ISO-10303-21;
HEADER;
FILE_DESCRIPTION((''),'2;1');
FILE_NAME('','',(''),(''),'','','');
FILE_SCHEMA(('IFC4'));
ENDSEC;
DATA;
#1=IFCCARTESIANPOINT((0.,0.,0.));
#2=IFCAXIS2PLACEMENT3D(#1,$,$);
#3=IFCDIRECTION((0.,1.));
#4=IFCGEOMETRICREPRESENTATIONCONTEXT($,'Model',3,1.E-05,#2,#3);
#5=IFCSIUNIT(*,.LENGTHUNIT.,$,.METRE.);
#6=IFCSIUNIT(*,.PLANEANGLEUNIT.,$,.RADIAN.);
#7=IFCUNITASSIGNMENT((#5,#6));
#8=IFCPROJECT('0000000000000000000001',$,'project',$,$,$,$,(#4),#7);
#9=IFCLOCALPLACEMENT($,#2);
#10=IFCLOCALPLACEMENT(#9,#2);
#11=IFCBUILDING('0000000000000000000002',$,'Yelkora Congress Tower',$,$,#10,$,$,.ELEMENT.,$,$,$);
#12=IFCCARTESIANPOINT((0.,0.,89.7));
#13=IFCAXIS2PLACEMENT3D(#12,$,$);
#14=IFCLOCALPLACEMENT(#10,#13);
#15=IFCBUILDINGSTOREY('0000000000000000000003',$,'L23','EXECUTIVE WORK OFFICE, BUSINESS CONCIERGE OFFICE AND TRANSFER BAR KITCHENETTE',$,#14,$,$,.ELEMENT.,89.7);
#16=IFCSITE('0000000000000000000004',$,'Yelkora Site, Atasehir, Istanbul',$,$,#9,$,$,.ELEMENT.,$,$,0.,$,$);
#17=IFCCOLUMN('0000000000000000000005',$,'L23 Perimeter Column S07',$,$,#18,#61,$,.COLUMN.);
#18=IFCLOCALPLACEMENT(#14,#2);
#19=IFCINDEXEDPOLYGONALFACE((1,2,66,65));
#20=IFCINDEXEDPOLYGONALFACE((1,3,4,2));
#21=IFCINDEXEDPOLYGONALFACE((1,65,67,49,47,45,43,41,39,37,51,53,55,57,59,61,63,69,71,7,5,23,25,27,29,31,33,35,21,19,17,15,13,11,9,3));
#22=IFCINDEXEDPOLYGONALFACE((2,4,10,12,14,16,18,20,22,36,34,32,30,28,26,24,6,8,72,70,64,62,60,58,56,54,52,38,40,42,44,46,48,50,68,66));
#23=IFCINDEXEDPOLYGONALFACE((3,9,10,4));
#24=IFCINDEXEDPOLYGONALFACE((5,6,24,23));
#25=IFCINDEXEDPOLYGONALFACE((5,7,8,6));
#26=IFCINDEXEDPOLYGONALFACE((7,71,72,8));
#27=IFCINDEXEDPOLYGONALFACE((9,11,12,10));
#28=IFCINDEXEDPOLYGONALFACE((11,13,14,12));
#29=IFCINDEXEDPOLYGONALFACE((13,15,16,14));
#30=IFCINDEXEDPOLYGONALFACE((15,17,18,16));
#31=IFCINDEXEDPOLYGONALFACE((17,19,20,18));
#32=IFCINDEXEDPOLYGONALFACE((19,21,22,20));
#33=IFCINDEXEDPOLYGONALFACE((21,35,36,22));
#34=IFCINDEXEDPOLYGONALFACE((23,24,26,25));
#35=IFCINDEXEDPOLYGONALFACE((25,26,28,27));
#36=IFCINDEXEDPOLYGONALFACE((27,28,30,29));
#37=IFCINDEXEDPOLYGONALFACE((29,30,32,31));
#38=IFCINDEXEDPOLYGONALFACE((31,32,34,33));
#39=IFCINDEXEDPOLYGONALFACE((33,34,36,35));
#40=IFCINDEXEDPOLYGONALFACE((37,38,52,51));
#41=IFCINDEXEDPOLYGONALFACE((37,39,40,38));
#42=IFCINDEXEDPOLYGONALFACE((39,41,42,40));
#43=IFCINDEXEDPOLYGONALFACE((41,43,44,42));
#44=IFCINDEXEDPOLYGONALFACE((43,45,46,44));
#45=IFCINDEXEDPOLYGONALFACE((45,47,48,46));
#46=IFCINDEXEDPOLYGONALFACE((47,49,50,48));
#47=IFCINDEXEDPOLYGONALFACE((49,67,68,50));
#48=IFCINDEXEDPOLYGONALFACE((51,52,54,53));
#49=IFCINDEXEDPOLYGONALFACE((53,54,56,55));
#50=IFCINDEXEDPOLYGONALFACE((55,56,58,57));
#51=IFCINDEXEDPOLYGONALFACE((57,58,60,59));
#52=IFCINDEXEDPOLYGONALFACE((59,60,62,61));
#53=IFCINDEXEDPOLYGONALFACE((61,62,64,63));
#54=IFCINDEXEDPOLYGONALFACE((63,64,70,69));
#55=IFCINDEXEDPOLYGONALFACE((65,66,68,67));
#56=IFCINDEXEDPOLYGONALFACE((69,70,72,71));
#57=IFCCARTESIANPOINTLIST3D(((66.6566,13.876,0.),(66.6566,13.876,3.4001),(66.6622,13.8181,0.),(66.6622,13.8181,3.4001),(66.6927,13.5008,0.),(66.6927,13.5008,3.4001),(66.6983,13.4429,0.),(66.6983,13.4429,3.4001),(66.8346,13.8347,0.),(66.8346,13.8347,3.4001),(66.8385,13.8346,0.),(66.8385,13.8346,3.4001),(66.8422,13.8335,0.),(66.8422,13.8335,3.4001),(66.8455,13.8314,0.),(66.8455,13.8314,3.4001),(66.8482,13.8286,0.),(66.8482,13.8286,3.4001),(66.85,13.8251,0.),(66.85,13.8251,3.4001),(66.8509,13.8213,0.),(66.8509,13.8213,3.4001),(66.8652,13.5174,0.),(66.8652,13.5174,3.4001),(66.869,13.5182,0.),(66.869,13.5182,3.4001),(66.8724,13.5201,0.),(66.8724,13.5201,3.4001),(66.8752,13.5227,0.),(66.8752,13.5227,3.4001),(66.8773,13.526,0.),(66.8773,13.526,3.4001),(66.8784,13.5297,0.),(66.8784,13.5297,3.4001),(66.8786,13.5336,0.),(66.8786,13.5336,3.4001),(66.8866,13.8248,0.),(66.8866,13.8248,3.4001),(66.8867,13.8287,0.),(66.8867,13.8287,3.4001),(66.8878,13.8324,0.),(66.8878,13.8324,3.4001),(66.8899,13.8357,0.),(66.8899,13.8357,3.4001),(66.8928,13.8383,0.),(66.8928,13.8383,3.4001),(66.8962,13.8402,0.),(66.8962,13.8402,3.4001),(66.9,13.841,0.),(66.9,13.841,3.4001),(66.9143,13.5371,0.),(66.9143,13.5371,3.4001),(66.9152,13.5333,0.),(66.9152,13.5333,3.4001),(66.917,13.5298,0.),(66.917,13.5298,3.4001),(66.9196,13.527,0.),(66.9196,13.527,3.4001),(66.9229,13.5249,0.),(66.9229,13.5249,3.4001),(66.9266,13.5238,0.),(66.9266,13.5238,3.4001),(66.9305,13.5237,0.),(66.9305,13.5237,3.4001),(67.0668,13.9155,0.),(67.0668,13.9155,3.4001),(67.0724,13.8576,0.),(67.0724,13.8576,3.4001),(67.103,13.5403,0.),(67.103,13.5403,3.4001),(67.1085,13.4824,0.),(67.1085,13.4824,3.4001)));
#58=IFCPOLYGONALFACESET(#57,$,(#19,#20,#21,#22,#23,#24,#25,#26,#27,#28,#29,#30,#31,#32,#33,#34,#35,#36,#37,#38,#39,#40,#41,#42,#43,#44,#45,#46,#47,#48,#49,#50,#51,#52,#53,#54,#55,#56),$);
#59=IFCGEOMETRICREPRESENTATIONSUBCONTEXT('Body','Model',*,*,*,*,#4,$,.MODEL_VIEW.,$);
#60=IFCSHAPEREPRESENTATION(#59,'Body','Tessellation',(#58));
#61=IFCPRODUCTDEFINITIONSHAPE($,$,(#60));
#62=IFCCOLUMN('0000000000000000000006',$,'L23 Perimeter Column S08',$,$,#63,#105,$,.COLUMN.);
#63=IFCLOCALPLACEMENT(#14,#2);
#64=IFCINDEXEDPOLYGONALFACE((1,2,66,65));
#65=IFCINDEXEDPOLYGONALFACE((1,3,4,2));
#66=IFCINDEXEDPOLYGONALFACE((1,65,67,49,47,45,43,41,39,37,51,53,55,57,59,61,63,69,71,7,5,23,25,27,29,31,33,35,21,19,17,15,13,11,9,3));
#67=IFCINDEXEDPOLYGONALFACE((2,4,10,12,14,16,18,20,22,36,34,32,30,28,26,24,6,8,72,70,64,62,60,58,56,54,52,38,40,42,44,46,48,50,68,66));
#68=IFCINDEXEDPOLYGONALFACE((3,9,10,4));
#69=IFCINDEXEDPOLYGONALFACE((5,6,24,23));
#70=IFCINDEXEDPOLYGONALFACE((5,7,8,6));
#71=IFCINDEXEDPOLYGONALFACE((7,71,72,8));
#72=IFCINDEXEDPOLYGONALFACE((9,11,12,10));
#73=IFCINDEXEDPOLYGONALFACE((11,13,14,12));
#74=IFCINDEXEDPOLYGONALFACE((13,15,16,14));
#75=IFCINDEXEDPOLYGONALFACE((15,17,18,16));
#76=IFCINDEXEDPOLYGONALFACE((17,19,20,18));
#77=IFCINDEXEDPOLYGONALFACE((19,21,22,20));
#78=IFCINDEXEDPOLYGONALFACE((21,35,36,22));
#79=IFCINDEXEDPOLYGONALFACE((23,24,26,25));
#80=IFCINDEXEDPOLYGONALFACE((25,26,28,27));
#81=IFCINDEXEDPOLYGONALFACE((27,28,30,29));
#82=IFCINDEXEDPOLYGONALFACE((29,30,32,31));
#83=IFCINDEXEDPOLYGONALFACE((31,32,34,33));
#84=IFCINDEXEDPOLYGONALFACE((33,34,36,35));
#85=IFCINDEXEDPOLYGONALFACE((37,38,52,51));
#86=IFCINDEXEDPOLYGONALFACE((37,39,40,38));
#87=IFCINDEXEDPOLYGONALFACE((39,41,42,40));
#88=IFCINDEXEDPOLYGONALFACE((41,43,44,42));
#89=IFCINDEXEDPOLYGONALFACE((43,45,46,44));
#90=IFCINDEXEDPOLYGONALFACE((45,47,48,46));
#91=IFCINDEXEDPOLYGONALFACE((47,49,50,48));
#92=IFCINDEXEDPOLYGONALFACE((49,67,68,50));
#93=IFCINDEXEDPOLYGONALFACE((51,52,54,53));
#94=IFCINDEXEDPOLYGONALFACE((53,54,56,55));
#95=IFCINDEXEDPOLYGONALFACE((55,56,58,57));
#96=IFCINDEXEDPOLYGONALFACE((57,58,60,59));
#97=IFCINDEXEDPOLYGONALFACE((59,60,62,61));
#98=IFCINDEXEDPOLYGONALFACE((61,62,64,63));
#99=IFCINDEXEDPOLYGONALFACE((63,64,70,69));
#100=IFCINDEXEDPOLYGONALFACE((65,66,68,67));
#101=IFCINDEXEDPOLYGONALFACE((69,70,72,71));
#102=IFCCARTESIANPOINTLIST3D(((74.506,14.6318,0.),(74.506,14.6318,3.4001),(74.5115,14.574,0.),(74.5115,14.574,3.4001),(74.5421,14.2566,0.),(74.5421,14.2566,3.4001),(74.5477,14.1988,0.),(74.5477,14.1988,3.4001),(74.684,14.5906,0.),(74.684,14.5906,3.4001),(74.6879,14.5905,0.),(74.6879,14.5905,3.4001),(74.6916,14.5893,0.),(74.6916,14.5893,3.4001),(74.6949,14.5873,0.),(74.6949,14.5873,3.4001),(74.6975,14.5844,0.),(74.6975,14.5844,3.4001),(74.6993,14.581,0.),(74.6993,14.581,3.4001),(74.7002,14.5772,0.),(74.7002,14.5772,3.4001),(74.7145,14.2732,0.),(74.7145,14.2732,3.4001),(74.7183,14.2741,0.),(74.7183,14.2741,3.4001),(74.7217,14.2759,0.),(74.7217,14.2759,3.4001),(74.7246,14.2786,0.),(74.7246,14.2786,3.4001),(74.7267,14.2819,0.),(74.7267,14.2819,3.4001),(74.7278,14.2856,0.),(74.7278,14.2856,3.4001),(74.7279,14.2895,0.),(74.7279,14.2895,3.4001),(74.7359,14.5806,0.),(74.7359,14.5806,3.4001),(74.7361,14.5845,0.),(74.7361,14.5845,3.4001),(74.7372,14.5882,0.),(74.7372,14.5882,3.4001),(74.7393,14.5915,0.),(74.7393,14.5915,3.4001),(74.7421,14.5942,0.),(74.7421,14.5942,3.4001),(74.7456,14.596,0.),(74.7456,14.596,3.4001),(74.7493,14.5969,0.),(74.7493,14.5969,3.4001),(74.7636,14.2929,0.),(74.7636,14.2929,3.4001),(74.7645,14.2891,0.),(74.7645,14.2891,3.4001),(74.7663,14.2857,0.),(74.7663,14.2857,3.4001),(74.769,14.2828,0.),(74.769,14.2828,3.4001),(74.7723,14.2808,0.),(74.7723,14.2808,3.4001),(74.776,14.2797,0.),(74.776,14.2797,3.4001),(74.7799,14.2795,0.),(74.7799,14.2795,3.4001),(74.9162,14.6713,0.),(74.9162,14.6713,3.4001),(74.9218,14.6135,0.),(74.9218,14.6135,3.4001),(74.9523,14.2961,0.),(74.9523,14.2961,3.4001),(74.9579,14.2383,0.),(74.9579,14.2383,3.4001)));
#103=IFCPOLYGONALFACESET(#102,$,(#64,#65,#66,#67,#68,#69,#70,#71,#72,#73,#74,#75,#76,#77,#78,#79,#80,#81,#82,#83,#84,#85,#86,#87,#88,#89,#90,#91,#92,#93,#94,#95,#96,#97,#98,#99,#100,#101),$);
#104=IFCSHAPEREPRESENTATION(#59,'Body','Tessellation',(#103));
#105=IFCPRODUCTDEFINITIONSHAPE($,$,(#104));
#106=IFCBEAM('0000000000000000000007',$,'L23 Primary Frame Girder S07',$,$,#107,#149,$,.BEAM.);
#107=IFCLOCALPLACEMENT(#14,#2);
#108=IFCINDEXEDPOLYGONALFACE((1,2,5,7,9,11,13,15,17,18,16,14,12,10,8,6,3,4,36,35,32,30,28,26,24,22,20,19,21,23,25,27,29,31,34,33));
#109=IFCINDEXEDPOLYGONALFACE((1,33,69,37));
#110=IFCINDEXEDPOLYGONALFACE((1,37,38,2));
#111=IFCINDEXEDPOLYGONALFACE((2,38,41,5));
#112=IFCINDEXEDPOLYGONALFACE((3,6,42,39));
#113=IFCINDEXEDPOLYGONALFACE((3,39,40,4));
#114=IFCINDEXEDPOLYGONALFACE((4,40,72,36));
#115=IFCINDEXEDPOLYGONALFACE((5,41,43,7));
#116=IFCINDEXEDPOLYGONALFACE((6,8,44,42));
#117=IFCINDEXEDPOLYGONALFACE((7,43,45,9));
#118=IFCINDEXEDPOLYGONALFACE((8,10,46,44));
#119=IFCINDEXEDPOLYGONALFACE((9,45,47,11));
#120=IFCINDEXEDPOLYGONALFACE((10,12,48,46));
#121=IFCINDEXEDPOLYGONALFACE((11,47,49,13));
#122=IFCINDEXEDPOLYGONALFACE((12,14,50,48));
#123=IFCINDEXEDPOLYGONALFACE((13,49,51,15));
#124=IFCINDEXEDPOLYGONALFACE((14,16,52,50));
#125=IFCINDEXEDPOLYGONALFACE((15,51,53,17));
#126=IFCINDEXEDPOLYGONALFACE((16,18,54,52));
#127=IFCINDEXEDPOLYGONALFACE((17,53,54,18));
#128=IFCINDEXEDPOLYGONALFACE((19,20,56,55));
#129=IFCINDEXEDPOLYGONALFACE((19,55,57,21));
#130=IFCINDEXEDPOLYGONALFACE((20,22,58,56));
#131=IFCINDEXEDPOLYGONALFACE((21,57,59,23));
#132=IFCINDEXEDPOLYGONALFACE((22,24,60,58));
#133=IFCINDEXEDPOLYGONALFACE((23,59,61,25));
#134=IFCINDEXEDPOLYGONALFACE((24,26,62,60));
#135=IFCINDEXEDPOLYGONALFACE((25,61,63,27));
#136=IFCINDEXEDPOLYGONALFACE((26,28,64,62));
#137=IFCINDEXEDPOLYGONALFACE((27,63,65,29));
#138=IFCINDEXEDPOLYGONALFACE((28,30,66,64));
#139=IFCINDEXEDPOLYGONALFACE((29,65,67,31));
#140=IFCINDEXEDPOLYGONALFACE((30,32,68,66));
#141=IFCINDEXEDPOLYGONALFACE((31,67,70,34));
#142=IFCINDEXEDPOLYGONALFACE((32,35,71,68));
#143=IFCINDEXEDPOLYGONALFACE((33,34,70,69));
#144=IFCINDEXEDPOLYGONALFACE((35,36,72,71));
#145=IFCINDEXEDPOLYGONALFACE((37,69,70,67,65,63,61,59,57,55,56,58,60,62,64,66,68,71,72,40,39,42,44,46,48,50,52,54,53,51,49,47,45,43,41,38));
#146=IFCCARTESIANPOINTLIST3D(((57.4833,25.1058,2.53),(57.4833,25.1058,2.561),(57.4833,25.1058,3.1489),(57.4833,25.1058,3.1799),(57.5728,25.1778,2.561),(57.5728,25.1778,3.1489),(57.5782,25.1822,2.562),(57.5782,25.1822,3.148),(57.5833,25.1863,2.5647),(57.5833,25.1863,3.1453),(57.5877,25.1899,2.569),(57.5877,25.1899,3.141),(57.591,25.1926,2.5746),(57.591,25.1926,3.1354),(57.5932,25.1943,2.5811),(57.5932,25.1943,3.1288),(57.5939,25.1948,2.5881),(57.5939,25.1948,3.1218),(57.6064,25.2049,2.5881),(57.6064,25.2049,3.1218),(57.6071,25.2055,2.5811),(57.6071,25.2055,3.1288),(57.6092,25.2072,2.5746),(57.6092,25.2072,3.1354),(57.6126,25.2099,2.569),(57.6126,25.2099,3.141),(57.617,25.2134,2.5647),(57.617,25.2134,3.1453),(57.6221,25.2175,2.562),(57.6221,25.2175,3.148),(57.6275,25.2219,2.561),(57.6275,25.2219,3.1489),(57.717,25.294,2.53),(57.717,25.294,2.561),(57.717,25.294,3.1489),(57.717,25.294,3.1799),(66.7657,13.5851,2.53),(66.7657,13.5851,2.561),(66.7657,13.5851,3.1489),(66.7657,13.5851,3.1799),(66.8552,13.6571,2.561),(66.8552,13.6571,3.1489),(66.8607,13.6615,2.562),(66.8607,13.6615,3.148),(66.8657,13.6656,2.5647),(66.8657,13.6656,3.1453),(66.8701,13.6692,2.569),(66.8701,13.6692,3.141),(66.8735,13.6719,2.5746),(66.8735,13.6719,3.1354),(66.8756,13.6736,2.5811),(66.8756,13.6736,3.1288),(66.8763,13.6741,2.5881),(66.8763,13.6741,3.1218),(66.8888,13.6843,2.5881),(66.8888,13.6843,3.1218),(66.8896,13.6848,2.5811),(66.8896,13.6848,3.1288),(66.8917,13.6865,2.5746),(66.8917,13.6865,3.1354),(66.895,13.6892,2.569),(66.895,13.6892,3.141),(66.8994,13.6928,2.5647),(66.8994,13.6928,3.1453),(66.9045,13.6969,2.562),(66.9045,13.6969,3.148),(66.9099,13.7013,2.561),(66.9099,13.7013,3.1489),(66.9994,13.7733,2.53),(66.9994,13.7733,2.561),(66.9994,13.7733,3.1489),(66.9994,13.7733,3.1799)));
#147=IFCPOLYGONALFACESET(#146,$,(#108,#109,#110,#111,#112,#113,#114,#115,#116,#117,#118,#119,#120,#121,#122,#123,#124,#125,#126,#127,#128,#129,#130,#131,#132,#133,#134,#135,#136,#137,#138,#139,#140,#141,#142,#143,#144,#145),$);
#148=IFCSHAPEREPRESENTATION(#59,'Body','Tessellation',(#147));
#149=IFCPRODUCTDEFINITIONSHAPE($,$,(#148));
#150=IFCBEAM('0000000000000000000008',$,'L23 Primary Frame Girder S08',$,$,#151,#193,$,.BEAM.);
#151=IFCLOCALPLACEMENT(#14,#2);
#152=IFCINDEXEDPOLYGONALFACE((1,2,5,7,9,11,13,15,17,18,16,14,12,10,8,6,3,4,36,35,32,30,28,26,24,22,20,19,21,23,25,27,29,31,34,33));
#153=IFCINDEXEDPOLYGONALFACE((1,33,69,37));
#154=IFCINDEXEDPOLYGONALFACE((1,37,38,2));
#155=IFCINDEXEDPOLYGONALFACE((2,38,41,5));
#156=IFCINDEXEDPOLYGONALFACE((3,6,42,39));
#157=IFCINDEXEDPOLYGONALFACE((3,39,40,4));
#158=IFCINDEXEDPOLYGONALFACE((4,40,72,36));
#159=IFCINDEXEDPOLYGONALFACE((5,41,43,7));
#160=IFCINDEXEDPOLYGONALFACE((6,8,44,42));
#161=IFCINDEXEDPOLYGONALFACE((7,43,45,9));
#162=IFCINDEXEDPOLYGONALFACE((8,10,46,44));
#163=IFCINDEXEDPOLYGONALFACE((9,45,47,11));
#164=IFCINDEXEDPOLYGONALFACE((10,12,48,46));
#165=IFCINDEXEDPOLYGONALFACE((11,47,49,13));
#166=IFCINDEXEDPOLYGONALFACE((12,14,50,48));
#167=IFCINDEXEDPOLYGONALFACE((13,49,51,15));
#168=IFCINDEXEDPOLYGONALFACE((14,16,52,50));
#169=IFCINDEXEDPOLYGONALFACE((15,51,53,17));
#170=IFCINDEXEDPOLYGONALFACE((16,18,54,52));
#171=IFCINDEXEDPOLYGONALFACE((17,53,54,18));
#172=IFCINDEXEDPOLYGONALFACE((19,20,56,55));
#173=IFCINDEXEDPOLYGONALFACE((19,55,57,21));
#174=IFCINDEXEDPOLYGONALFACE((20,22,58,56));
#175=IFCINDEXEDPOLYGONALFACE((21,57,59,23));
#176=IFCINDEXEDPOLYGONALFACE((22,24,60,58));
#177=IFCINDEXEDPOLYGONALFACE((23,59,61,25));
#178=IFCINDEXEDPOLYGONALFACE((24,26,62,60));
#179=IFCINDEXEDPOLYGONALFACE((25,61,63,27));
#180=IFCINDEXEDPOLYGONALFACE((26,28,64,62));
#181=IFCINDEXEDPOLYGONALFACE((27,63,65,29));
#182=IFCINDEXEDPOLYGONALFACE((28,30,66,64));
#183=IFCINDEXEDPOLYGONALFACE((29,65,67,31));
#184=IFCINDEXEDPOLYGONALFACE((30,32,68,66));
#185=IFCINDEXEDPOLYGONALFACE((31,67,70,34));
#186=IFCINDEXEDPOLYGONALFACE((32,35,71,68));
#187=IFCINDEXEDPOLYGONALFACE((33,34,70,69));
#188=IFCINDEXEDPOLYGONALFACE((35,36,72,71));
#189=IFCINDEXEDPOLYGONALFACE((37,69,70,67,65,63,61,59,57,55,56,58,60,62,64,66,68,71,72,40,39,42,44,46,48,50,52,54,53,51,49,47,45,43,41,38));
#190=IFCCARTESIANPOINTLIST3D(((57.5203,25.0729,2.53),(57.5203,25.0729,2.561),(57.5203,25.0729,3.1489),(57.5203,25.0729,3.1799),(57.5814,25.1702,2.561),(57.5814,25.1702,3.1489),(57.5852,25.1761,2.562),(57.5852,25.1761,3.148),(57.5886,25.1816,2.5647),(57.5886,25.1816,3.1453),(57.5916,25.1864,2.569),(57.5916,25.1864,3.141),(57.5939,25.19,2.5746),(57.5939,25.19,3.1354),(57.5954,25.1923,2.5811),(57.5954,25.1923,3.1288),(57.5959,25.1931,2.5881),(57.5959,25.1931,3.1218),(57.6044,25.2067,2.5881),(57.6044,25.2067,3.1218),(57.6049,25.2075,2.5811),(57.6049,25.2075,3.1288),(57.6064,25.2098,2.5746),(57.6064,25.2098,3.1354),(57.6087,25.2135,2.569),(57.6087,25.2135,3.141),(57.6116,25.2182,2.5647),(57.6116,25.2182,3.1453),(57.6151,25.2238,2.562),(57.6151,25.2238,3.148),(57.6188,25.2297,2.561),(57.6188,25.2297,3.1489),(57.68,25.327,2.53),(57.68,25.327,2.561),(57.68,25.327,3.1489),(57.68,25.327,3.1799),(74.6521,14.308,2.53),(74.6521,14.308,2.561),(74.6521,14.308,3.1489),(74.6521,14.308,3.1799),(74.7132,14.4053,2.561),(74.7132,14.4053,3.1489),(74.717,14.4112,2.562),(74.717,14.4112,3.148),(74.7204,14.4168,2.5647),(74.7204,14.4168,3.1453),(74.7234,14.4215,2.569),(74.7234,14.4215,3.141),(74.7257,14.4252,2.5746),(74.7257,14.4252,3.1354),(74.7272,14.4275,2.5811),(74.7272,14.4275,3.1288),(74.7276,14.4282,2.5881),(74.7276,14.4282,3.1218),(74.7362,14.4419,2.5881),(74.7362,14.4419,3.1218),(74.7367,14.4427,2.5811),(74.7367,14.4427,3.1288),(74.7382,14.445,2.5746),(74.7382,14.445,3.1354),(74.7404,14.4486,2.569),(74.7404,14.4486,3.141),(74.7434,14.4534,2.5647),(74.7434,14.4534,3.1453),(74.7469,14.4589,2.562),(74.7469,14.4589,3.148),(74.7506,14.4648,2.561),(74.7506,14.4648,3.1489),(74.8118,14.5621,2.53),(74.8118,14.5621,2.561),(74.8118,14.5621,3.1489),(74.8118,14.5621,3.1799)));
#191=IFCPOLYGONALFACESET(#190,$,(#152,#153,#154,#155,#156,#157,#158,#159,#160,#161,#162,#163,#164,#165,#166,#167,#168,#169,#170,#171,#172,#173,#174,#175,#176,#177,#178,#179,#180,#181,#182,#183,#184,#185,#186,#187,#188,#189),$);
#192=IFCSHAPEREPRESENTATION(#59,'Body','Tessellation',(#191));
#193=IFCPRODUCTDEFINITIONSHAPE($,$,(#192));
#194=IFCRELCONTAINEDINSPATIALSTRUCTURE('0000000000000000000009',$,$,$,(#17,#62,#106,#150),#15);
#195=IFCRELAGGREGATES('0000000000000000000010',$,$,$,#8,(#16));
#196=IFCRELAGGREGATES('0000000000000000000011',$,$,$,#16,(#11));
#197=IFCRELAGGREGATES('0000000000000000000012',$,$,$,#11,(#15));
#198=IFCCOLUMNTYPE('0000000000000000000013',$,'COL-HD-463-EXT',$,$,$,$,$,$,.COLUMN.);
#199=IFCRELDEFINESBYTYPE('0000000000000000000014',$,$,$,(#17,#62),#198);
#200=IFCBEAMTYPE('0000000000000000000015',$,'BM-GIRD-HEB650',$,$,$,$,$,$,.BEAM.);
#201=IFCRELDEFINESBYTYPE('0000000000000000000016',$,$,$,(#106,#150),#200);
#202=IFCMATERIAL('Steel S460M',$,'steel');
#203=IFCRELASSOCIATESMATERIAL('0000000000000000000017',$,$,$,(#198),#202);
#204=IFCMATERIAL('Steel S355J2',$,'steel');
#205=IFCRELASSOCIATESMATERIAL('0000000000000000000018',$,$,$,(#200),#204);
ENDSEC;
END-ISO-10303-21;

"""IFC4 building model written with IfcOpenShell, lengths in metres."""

from ifc_helpers import new_model, si_unit, direction, frame, origin, origin_2d, place, context, subcontext, project, spatial, i_section, extrude, material, material_profile, profile_set, type_object, element, save


model = new_model("IFC4")

# Units and contexts
model_context = context("Model", 3, precision=1e-05, world=origin(), true_north=direction((0.0, 1.0)))
body_context = subcontext(model_context, "Body", "Model", "MODEL_VIEW")
ifc_project = project(units=[si_unit("LENGTHUNIT", "METRE"), si_unit("PLANEANGLEUNIT", "RADIAN")], contexts=[model_context])

# Site, building, storey
site_placement = place(None, origin())
site = spatial("IfcSite", under=ifc_project, at=site_placement, Name="Yelkora Site, Atasehir, Istanbul", CompositionType="ELEMENT", RefElevation=0.0)
building_placement = place(site_placement, origin())
building = spatial("IfcBuilding", under=site, at=building_placement, Name="Yelkora Congress Tower", CompositionType="ELEMENT")
storey_placement = place(building_placement, frame((0.0, 0.0, 89.7)))
storey = spatial("IfcBuildingStorey", under=building, at=storey_placement, Name="L23", Description="EXECUTIVE WORK OFFICE, BUSINESS CONCIERGE OFFICE AND TRANSFER BAR KITCHENETTE", CompositionType="ELEMENT", Elevation=89.7)

# Columns
ifc_material_1 = material(Name="Steel S460M", Category="steel")
ifc_material_profile_1 = material_profile(ifc_material_1, i_section(OverallWidth=0.4121, OverallDepth=0.4351, WebThickness=0.0359, FlangeThickness=0.0581, FilletRadius=0.0149, at=origin_2d()), Name="HD 400x463")
ifc_profile_set_1 = profile_set([ifc_material_profile_1], Name="Steel S460M")
column_type = type_object("IfcColumnType", Name="COL-HD-463-EXT", PredefinedType="COLUMN", material=ifc_profile_set_1)
for number, where, z_axis, x_axis, name in (
    (1, (66.8826, 13.6792, 0.0), (0.0, 0.0, 1.0), (0.995396, 0.095846, 0.0), "L23 Perimeter Column S07"),
    (2, (74.7319, 14.4351, 0.0), (0.0, 0.0, 1.0), (0.995396, 0.095846, 0.0), "L23 Perimeter Column S08"),
):
    element("IfcColumn", number, at=place(storey_placement, frame(where, z_axis=z_axis, x_axis=x_axis)), inside=storey, type_object=column_type, Name=name, PredefinedType="COLUMN", context=body_context, shape_type="SweptSolid", body=[
        extrude(i_section(OverallWidth=0.4121, OverallDepth=0.4351, WebThickness=0.0359, FlangeThickness=0.0581, FilletRadius=0.0149, at=origin_2d()), origin(), (0.0, 0.0, 1.0), 3.4001),
    ])

# Beams
ifc_material_2 = material(Name="Steel S355J2", Category="steel")
ifc_material_profile_2 = material_profile(ifc_material_2, i_section(OverallWidth=0.3, OverallDepth=0.6499, WebThickness=0.0161, FlangeThickness=0.031, FilletRadius=0.0271, at=origin_2d()), Name="HEB 650")
ifc_profile_set_2 = profile_set([ifc_material_profile_2], Name="Steel S355J2")
beam_type_1 = type_object("IfcBeamType", Name="BM-GIRD-HEB650", PredefinedType="BEAM", material=ifc_profile_set_2)
beam_1_placement = place(storey_placement, frame((66.8826, 13.6792, 2.855), z_axis=(-0.627406, 0.778692, 0.0), x_axis=(-0.778692, -0.627406, 0.0)))
element("IfcBeam", 3, at=beam_1_placement, inside=storey, type_object=beam_type_1, Name="L23 Primary Frame Girder S07", PredefinedType="BEAM", context=body_context, shape_type="SweptSolid", body=[
    extrude(i_section(OverallWidth=0.3, OverallDepth=0.6499, WebThickness=0.0161, FlangeThickness=0.031, FilletRadius=0.0271, at=origin_2d()), origin(), (0.0, 0.0, 1.0), 14.7949),
])
beam_2_placement = place(storey_placement, frame((74.7319, 14.4351, 2.855), z_axis=(-0.846719, 0.532041, 0.0), x_axis=(-0.532041, -0.846719, 0.0)))
element("IfcBeam", 4, at=beam_2_placement, inside=storey, type_object=beam_type_1, Name="L23 Primary Frame Girder S08", PredefinedType="BEAM", context=body_context, shape_type="SweptSolid", body=[
    extrude(i_section(OverallWidth=0.3, OverallDepth=0.6499, WebThickness=0.0161, FlangeThickness=0.031, FilletRadius=0.0271, at=origin_2d()), origin(), (0.0, 0.0, 1.0), 20.2332),
])

save(model, "model.ifc")
